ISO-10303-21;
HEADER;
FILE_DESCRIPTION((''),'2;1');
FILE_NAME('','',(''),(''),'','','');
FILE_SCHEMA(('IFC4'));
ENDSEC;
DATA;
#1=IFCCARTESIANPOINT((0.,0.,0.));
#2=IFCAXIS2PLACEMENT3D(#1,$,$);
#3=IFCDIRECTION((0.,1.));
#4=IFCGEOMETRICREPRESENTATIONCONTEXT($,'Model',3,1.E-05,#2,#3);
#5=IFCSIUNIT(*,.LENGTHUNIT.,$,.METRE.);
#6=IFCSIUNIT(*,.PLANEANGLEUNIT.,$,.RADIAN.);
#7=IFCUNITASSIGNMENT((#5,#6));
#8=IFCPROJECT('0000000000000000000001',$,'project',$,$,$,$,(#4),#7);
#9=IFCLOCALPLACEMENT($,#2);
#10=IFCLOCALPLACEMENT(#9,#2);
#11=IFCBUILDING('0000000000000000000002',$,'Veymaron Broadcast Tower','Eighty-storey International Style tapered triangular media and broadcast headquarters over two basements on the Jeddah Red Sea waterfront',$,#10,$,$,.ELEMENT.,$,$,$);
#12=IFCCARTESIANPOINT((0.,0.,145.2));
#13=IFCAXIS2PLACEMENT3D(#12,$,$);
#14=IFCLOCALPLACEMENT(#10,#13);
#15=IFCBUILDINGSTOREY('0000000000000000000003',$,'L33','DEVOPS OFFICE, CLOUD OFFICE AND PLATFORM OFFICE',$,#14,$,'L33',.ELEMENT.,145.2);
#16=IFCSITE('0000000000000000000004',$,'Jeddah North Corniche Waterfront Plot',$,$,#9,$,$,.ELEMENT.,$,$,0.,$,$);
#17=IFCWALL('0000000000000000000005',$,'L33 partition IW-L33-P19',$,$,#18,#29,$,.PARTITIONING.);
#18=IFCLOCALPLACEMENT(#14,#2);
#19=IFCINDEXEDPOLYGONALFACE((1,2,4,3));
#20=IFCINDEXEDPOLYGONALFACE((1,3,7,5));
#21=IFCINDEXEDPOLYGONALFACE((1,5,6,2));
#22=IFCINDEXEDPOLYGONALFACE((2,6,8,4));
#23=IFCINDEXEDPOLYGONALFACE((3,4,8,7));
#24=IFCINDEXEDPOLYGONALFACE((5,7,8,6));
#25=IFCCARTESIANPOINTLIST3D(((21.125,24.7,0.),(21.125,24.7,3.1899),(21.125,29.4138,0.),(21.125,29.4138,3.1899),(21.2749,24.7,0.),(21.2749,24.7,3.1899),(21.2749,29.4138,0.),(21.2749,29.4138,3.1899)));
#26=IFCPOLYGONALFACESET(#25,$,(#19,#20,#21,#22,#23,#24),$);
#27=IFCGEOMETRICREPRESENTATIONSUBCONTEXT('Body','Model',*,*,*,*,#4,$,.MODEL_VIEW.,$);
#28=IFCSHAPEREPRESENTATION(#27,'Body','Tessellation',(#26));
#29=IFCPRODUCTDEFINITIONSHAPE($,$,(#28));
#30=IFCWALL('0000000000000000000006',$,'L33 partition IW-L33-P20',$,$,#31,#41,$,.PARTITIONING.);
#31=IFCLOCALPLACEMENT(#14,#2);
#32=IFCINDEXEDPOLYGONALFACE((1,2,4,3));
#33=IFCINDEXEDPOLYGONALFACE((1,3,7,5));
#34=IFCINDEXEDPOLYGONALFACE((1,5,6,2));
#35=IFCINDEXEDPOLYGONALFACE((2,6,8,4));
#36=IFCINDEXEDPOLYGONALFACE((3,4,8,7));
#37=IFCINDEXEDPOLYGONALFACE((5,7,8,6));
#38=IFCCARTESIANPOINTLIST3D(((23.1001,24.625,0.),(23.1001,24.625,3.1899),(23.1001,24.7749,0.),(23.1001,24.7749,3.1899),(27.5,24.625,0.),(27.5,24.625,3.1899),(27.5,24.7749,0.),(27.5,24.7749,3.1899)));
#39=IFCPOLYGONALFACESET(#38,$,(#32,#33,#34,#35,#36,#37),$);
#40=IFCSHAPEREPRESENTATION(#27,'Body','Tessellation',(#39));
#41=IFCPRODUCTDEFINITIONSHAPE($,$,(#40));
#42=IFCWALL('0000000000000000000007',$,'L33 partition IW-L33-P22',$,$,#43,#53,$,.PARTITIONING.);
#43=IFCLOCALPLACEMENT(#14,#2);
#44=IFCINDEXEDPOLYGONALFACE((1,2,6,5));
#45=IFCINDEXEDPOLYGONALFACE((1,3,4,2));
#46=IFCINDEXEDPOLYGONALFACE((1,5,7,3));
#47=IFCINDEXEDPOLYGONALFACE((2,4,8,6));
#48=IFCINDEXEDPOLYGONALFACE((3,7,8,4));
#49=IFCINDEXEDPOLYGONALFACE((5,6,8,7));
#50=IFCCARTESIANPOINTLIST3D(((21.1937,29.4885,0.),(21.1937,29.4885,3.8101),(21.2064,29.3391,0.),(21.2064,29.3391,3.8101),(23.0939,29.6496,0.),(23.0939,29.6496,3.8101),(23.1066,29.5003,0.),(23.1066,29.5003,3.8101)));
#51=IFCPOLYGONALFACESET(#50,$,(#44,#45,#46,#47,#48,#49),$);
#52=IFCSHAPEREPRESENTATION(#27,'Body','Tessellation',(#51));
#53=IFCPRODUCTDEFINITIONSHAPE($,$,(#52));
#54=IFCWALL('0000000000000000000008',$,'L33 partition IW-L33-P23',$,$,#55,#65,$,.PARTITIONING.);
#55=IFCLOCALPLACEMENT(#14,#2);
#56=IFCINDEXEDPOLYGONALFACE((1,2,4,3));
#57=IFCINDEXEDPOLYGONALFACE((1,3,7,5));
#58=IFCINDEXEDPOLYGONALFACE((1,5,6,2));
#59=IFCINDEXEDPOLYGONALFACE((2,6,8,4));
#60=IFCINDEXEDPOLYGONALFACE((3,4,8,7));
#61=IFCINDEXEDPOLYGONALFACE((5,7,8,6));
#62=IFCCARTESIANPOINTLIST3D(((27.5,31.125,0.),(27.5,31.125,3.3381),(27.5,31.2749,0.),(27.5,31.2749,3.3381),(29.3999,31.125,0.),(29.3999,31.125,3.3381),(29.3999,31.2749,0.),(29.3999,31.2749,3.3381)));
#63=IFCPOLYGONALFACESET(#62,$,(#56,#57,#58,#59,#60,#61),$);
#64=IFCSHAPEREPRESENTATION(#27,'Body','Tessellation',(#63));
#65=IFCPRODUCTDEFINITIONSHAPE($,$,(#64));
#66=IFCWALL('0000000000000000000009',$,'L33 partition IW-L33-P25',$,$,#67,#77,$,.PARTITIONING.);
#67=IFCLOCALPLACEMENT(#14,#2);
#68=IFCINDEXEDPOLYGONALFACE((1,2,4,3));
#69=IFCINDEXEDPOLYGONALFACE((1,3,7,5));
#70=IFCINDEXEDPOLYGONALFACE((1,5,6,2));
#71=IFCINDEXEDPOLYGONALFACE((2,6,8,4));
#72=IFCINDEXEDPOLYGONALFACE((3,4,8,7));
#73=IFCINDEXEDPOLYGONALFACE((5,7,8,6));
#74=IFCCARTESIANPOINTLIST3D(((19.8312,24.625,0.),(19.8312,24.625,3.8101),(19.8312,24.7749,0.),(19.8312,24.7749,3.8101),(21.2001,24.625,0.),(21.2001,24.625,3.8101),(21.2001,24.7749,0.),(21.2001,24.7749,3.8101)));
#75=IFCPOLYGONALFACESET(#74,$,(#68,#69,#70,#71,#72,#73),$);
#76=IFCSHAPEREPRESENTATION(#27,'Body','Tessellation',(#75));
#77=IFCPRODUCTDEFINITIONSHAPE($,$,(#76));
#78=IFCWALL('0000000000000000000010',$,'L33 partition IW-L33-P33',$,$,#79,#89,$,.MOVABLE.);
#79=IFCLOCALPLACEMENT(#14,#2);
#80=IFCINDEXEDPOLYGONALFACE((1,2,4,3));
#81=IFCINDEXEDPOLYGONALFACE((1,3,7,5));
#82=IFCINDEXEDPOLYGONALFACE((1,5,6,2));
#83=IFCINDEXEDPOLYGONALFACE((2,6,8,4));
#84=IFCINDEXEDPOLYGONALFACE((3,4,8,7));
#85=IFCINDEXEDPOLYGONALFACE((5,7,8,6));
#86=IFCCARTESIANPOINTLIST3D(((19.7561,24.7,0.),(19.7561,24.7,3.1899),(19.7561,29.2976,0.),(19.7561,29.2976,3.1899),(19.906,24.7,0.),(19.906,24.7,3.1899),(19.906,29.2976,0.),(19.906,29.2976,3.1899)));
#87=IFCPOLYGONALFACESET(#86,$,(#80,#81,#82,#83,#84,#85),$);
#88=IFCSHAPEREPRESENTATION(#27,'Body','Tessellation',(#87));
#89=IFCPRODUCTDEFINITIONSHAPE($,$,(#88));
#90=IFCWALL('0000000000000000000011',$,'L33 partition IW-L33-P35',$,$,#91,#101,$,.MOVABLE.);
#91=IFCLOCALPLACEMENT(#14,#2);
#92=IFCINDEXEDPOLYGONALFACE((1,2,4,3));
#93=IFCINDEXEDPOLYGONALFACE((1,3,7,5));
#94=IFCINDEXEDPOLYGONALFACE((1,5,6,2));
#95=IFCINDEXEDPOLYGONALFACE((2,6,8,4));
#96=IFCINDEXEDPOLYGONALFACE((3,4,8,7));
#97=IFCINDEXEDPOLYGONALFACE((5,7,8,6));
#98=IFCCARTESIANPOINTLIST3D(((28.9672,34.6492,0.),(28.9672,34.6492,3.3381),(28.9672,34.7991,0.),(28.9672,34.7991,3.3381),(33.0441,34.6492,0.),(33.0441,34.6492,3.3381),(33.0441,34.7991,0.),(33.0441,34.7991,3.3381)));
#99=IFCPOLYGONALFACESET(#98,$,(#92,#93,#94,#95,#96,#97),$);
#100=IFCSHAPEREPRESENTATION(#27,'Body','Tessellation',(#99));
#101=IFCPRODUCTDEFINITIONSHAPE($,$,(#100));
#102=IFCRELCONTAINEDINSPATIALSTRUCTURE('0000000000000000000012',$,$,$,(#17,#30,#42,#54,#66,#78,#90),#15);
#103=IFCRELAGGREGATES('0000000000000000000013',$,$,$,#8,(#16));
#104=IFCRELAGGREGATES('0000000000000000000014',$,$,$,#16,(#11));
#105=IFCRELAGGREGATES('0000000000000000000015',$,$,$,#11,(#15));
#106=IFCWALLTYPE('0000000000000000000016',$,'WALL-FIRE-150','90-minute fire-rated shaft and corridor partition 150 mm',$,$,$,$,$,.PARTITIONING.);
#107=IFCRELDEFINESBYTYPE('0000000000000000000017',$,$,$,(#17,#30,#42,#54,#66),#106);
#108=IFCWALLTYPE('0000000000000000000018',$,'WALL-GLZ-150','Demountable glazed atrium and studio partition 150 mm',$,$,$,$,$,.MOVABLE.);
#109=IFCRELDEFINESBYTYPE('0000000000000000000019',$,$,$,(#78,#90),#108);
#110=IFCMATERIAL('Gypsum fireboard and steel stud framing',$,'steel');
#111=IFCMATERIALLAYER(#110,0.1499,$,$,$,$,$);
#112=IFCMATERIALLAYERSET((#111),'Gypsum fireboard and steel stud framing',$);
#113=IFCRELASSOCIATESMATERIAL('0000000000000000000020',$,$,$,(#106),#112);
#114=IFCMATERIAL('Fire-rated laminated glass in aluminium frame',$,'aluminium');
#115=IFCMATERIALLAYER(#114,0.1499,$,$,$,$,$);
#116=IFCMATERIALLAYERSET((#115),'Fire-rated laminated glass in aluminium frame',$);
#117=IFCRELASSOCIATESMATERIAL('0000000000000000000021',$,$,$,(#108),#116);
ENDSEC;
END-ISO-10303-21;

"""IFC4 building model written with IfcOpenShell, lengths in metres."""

from ifc_helpers import new_model, si_unit, direction, frame, frame_2d, origin, place, context, subcontext, project, spatial, rectangle, extrude, material, layer, layer_set, type_object, element, save


model = new_model("IFC4")

# Units and contexts
model_context = context("Model", 3, precision=1e-05, world=origin(), true_north=direction((0.0, 1.0)))
body_context = subcontext(model_context, "Body", "Model", "MODEL_VIEW")
ifc_project = project(units=[si_unit("LENGTHUNIT", "METRE"), si_unit("PLANEANGLEUNIT", "RADIAN")], contexts=[model_context])

# Site, building, storey
site_placement = place(None, origin())
site = spatial("IfcSite", under=ifc_project, at=site_placement, Name="Jeddah North Corniche Waterfront Plot", CompositionType="ELEMENT", RefElevation=0.0)
building_placement = place(site_placement, origin())
building = spatial("IfcBuilding", under=site, at=building_placement, Name="Veymaron Broadcast Tower", Description="Eighty-storey International Style tapered triangular media and broadcast headquarters over two basements on the Jeddah Red Sea waterfront", CompositionType="ELEMENT")
storey_placement = place(building_placement, frame((0.0, 0.0, 145.2)))
storey = spatial("IfcBuildingStorey", under=building, at=storey_placement, Name="L33", Description="DEVOPS OFFICE, CLOUD OFFICE AND PLATFORM OFFICE", LongName="L33", CompositionType="ELEMENT", Elevation=145.2)

# Shared definitions
ifc_material_1 = material(Name="Gypsum fireboard and steel stud framing", Category="steel")
ifc_layer_1 = layer(ifc_material_1, 0.1499)
ifc_layer_set_1 = layer_set([ifc_layer_1], Name="Gypsum fireboard and steel stud framing")
wall_type_1 = type_object("IfcWallType", Name="WALL-FIRE-150", Description="90-minute fire-rated shaft and corridor partition 150 mm", PredefinedType="PARTITIONING", material=ifc_layer_set_1)

# Walls
wall_1_placement = place(storey_placement, frame((21.2, 24.7, 0.0), z_axis=(0.0, 0.0, 1.0), x_axis=(0.0, 1.0, 0.0)))
element("IfcWall", 1, at=wall_1_placement, inside=storey, type_object=wall_type_1, Name="L33 partition IW-L33-P19", PredefinedType="PARTITIONING", context=body_context, shape_type="SweptSolid", body=[
    extrude(rectangle(XDim=4.7139, YDim=0.1499, at=frame_2d((2.3569, 0.0))), origin(), (0.0, 0.0, 1.0), 3.1899),
])
wall_2_placement = place(storey_placement, frame((23.1001, 24.7, 0.0), z_axis=(0.0, 0.0, 1.0), x_axis=(1.0, 0.0, 0.0)))
element("IfcWall", 2, at=wall_2_placement, inside=storey, type_object=wall_type_1, Name="L33 partition IW-L33-P20", PredefinedType="PARTITIONING", context=body_context, shape_type="SweptSolid", body=[
    extrude(rectangle(XDim=4.3999, YDim=0.1499, at=frame_2d((2.2, 0.0))), origin(), (0.0, 0.0, 1.0), 3.1899),
])
wall_3_placement = place(storey_placement, frame((21.2, 29.4138, 0.0), z_axis=(0.0, 0.0, 1.0), x_axis=(0.996424, 0.084497, 0.0)))
element("IfcWall", 3, at=wall_3_placement, inside=storey, type_object=wall_type_1, Name="L33 partition IW-L33-P22", PredefinedType="PARTITIONING", context=body_context, shape_type="SweptSolid", body=[
    extrude(rectangle(XDim=1.907, YDim=0.1499, at=frame_2d((0.9536, 0.0))), origin(), (0.0, 0.0, 1.0), 3.8101),
])
wall_4_placement = place(storey_placement, frame((27.5, 31.2, 0.0), z_axis=(0.0, 0.0, 1.0), x_axis=(1.0, 0.0, 0.0)))
element("IfcWall", 4, at=wall_4_placement, inside=storey, type_object=wall_type_1, Name="L33 partition IW-L33-P23", PredefinedType="PARTITIONING", context=body_context, shape_type="SweptSolid", body=[
    extrude(rectangle(XDim=1.8999, YDim=0.1499, at=frame_2d((0.95, 0.0))), origin(), (0.0, 0.0, 1.0), 3.3381),
])
wall_5_placement = place(storey_placement, frame((19.8311, 24.7, 0.0), z_axis=(0.0, 0.0, 1.0), x_axis=(1.0, 0.0, 0.0)))
element("IfcWall", 5, at=wall_5_placement, inside=storey, type_object=wall_type_1, Name="L33 partition IW-L33-P25", PredefinedType="PARTITIONING", context=body_context, shape_type="SweptSolid", body=[
    extrude(rectangle(XDim=1.3689, YDim=0.1499, at=frame_2d((0.6846, 0.0))), origin(), (0.0, 0.0, 1.0), 3.8101),
])
ifc_material_2 = material(Name="Fire-rated laminated glass in aluminium frame", Category="aluminium")
ifc_layer_2 = layer(ifc_material_2, 0.1499)
ifc_layer_set_2 = layer_set([ifc_layer_2], Name="Fire-rated laminated glass in aluminium frame")
wall_type_2 = type_object("IfcWallType", Name="WALL-GLZ-150", Description="Demountable glazed atrium and studio partition 150 mm", PredefinedType="MOVABLE", material=ifc_layer_set_2)
wall_6_placement = place(storey_placement, frame((19.8311, 24.7, 0.0), z_axis=(0.0, 0.0, 1.0), x_axis=(0.0, 1.0, 0.0)))
element("IfcWall", 6, at=wall_6_placement, inside=storey, type_object=wall_type_2, Name="L33 partition IW-L33-P33", PredefinedType="MOVABLE", context=body_context, shape_type="SweptSolid", body=[
    extrude(rectangle(XDim=4.5977, YDim=0.1499, at=frame_2d((2.2988, 0.0))), origin(), (0.0, 0.0, 1.0), 3.1899),
])
wall_7_placement = place(storey_placement, frame((28.967, 34.7241, 0.0), z_axis=(0.0, 0.0, 1.0), x_axis=(1.0, 0.0, 0.0)))
element("IfcWall", 7, at=wall_7_placement, inside=storey, type_object=wall_type_2, Name="L33 partition IW-L33-P35", PredefinedType="MOVABLE", context=body_context, shape_type="SweptSolid", body=[
    extrude(rectangle(XDim=4.0769, YDim=0.1499, at=frame_2d((2.0386, 0.0))), origin(), (0.0, 0.0, 1.0), 3.3381),
])

save(model, "model.ifc")
